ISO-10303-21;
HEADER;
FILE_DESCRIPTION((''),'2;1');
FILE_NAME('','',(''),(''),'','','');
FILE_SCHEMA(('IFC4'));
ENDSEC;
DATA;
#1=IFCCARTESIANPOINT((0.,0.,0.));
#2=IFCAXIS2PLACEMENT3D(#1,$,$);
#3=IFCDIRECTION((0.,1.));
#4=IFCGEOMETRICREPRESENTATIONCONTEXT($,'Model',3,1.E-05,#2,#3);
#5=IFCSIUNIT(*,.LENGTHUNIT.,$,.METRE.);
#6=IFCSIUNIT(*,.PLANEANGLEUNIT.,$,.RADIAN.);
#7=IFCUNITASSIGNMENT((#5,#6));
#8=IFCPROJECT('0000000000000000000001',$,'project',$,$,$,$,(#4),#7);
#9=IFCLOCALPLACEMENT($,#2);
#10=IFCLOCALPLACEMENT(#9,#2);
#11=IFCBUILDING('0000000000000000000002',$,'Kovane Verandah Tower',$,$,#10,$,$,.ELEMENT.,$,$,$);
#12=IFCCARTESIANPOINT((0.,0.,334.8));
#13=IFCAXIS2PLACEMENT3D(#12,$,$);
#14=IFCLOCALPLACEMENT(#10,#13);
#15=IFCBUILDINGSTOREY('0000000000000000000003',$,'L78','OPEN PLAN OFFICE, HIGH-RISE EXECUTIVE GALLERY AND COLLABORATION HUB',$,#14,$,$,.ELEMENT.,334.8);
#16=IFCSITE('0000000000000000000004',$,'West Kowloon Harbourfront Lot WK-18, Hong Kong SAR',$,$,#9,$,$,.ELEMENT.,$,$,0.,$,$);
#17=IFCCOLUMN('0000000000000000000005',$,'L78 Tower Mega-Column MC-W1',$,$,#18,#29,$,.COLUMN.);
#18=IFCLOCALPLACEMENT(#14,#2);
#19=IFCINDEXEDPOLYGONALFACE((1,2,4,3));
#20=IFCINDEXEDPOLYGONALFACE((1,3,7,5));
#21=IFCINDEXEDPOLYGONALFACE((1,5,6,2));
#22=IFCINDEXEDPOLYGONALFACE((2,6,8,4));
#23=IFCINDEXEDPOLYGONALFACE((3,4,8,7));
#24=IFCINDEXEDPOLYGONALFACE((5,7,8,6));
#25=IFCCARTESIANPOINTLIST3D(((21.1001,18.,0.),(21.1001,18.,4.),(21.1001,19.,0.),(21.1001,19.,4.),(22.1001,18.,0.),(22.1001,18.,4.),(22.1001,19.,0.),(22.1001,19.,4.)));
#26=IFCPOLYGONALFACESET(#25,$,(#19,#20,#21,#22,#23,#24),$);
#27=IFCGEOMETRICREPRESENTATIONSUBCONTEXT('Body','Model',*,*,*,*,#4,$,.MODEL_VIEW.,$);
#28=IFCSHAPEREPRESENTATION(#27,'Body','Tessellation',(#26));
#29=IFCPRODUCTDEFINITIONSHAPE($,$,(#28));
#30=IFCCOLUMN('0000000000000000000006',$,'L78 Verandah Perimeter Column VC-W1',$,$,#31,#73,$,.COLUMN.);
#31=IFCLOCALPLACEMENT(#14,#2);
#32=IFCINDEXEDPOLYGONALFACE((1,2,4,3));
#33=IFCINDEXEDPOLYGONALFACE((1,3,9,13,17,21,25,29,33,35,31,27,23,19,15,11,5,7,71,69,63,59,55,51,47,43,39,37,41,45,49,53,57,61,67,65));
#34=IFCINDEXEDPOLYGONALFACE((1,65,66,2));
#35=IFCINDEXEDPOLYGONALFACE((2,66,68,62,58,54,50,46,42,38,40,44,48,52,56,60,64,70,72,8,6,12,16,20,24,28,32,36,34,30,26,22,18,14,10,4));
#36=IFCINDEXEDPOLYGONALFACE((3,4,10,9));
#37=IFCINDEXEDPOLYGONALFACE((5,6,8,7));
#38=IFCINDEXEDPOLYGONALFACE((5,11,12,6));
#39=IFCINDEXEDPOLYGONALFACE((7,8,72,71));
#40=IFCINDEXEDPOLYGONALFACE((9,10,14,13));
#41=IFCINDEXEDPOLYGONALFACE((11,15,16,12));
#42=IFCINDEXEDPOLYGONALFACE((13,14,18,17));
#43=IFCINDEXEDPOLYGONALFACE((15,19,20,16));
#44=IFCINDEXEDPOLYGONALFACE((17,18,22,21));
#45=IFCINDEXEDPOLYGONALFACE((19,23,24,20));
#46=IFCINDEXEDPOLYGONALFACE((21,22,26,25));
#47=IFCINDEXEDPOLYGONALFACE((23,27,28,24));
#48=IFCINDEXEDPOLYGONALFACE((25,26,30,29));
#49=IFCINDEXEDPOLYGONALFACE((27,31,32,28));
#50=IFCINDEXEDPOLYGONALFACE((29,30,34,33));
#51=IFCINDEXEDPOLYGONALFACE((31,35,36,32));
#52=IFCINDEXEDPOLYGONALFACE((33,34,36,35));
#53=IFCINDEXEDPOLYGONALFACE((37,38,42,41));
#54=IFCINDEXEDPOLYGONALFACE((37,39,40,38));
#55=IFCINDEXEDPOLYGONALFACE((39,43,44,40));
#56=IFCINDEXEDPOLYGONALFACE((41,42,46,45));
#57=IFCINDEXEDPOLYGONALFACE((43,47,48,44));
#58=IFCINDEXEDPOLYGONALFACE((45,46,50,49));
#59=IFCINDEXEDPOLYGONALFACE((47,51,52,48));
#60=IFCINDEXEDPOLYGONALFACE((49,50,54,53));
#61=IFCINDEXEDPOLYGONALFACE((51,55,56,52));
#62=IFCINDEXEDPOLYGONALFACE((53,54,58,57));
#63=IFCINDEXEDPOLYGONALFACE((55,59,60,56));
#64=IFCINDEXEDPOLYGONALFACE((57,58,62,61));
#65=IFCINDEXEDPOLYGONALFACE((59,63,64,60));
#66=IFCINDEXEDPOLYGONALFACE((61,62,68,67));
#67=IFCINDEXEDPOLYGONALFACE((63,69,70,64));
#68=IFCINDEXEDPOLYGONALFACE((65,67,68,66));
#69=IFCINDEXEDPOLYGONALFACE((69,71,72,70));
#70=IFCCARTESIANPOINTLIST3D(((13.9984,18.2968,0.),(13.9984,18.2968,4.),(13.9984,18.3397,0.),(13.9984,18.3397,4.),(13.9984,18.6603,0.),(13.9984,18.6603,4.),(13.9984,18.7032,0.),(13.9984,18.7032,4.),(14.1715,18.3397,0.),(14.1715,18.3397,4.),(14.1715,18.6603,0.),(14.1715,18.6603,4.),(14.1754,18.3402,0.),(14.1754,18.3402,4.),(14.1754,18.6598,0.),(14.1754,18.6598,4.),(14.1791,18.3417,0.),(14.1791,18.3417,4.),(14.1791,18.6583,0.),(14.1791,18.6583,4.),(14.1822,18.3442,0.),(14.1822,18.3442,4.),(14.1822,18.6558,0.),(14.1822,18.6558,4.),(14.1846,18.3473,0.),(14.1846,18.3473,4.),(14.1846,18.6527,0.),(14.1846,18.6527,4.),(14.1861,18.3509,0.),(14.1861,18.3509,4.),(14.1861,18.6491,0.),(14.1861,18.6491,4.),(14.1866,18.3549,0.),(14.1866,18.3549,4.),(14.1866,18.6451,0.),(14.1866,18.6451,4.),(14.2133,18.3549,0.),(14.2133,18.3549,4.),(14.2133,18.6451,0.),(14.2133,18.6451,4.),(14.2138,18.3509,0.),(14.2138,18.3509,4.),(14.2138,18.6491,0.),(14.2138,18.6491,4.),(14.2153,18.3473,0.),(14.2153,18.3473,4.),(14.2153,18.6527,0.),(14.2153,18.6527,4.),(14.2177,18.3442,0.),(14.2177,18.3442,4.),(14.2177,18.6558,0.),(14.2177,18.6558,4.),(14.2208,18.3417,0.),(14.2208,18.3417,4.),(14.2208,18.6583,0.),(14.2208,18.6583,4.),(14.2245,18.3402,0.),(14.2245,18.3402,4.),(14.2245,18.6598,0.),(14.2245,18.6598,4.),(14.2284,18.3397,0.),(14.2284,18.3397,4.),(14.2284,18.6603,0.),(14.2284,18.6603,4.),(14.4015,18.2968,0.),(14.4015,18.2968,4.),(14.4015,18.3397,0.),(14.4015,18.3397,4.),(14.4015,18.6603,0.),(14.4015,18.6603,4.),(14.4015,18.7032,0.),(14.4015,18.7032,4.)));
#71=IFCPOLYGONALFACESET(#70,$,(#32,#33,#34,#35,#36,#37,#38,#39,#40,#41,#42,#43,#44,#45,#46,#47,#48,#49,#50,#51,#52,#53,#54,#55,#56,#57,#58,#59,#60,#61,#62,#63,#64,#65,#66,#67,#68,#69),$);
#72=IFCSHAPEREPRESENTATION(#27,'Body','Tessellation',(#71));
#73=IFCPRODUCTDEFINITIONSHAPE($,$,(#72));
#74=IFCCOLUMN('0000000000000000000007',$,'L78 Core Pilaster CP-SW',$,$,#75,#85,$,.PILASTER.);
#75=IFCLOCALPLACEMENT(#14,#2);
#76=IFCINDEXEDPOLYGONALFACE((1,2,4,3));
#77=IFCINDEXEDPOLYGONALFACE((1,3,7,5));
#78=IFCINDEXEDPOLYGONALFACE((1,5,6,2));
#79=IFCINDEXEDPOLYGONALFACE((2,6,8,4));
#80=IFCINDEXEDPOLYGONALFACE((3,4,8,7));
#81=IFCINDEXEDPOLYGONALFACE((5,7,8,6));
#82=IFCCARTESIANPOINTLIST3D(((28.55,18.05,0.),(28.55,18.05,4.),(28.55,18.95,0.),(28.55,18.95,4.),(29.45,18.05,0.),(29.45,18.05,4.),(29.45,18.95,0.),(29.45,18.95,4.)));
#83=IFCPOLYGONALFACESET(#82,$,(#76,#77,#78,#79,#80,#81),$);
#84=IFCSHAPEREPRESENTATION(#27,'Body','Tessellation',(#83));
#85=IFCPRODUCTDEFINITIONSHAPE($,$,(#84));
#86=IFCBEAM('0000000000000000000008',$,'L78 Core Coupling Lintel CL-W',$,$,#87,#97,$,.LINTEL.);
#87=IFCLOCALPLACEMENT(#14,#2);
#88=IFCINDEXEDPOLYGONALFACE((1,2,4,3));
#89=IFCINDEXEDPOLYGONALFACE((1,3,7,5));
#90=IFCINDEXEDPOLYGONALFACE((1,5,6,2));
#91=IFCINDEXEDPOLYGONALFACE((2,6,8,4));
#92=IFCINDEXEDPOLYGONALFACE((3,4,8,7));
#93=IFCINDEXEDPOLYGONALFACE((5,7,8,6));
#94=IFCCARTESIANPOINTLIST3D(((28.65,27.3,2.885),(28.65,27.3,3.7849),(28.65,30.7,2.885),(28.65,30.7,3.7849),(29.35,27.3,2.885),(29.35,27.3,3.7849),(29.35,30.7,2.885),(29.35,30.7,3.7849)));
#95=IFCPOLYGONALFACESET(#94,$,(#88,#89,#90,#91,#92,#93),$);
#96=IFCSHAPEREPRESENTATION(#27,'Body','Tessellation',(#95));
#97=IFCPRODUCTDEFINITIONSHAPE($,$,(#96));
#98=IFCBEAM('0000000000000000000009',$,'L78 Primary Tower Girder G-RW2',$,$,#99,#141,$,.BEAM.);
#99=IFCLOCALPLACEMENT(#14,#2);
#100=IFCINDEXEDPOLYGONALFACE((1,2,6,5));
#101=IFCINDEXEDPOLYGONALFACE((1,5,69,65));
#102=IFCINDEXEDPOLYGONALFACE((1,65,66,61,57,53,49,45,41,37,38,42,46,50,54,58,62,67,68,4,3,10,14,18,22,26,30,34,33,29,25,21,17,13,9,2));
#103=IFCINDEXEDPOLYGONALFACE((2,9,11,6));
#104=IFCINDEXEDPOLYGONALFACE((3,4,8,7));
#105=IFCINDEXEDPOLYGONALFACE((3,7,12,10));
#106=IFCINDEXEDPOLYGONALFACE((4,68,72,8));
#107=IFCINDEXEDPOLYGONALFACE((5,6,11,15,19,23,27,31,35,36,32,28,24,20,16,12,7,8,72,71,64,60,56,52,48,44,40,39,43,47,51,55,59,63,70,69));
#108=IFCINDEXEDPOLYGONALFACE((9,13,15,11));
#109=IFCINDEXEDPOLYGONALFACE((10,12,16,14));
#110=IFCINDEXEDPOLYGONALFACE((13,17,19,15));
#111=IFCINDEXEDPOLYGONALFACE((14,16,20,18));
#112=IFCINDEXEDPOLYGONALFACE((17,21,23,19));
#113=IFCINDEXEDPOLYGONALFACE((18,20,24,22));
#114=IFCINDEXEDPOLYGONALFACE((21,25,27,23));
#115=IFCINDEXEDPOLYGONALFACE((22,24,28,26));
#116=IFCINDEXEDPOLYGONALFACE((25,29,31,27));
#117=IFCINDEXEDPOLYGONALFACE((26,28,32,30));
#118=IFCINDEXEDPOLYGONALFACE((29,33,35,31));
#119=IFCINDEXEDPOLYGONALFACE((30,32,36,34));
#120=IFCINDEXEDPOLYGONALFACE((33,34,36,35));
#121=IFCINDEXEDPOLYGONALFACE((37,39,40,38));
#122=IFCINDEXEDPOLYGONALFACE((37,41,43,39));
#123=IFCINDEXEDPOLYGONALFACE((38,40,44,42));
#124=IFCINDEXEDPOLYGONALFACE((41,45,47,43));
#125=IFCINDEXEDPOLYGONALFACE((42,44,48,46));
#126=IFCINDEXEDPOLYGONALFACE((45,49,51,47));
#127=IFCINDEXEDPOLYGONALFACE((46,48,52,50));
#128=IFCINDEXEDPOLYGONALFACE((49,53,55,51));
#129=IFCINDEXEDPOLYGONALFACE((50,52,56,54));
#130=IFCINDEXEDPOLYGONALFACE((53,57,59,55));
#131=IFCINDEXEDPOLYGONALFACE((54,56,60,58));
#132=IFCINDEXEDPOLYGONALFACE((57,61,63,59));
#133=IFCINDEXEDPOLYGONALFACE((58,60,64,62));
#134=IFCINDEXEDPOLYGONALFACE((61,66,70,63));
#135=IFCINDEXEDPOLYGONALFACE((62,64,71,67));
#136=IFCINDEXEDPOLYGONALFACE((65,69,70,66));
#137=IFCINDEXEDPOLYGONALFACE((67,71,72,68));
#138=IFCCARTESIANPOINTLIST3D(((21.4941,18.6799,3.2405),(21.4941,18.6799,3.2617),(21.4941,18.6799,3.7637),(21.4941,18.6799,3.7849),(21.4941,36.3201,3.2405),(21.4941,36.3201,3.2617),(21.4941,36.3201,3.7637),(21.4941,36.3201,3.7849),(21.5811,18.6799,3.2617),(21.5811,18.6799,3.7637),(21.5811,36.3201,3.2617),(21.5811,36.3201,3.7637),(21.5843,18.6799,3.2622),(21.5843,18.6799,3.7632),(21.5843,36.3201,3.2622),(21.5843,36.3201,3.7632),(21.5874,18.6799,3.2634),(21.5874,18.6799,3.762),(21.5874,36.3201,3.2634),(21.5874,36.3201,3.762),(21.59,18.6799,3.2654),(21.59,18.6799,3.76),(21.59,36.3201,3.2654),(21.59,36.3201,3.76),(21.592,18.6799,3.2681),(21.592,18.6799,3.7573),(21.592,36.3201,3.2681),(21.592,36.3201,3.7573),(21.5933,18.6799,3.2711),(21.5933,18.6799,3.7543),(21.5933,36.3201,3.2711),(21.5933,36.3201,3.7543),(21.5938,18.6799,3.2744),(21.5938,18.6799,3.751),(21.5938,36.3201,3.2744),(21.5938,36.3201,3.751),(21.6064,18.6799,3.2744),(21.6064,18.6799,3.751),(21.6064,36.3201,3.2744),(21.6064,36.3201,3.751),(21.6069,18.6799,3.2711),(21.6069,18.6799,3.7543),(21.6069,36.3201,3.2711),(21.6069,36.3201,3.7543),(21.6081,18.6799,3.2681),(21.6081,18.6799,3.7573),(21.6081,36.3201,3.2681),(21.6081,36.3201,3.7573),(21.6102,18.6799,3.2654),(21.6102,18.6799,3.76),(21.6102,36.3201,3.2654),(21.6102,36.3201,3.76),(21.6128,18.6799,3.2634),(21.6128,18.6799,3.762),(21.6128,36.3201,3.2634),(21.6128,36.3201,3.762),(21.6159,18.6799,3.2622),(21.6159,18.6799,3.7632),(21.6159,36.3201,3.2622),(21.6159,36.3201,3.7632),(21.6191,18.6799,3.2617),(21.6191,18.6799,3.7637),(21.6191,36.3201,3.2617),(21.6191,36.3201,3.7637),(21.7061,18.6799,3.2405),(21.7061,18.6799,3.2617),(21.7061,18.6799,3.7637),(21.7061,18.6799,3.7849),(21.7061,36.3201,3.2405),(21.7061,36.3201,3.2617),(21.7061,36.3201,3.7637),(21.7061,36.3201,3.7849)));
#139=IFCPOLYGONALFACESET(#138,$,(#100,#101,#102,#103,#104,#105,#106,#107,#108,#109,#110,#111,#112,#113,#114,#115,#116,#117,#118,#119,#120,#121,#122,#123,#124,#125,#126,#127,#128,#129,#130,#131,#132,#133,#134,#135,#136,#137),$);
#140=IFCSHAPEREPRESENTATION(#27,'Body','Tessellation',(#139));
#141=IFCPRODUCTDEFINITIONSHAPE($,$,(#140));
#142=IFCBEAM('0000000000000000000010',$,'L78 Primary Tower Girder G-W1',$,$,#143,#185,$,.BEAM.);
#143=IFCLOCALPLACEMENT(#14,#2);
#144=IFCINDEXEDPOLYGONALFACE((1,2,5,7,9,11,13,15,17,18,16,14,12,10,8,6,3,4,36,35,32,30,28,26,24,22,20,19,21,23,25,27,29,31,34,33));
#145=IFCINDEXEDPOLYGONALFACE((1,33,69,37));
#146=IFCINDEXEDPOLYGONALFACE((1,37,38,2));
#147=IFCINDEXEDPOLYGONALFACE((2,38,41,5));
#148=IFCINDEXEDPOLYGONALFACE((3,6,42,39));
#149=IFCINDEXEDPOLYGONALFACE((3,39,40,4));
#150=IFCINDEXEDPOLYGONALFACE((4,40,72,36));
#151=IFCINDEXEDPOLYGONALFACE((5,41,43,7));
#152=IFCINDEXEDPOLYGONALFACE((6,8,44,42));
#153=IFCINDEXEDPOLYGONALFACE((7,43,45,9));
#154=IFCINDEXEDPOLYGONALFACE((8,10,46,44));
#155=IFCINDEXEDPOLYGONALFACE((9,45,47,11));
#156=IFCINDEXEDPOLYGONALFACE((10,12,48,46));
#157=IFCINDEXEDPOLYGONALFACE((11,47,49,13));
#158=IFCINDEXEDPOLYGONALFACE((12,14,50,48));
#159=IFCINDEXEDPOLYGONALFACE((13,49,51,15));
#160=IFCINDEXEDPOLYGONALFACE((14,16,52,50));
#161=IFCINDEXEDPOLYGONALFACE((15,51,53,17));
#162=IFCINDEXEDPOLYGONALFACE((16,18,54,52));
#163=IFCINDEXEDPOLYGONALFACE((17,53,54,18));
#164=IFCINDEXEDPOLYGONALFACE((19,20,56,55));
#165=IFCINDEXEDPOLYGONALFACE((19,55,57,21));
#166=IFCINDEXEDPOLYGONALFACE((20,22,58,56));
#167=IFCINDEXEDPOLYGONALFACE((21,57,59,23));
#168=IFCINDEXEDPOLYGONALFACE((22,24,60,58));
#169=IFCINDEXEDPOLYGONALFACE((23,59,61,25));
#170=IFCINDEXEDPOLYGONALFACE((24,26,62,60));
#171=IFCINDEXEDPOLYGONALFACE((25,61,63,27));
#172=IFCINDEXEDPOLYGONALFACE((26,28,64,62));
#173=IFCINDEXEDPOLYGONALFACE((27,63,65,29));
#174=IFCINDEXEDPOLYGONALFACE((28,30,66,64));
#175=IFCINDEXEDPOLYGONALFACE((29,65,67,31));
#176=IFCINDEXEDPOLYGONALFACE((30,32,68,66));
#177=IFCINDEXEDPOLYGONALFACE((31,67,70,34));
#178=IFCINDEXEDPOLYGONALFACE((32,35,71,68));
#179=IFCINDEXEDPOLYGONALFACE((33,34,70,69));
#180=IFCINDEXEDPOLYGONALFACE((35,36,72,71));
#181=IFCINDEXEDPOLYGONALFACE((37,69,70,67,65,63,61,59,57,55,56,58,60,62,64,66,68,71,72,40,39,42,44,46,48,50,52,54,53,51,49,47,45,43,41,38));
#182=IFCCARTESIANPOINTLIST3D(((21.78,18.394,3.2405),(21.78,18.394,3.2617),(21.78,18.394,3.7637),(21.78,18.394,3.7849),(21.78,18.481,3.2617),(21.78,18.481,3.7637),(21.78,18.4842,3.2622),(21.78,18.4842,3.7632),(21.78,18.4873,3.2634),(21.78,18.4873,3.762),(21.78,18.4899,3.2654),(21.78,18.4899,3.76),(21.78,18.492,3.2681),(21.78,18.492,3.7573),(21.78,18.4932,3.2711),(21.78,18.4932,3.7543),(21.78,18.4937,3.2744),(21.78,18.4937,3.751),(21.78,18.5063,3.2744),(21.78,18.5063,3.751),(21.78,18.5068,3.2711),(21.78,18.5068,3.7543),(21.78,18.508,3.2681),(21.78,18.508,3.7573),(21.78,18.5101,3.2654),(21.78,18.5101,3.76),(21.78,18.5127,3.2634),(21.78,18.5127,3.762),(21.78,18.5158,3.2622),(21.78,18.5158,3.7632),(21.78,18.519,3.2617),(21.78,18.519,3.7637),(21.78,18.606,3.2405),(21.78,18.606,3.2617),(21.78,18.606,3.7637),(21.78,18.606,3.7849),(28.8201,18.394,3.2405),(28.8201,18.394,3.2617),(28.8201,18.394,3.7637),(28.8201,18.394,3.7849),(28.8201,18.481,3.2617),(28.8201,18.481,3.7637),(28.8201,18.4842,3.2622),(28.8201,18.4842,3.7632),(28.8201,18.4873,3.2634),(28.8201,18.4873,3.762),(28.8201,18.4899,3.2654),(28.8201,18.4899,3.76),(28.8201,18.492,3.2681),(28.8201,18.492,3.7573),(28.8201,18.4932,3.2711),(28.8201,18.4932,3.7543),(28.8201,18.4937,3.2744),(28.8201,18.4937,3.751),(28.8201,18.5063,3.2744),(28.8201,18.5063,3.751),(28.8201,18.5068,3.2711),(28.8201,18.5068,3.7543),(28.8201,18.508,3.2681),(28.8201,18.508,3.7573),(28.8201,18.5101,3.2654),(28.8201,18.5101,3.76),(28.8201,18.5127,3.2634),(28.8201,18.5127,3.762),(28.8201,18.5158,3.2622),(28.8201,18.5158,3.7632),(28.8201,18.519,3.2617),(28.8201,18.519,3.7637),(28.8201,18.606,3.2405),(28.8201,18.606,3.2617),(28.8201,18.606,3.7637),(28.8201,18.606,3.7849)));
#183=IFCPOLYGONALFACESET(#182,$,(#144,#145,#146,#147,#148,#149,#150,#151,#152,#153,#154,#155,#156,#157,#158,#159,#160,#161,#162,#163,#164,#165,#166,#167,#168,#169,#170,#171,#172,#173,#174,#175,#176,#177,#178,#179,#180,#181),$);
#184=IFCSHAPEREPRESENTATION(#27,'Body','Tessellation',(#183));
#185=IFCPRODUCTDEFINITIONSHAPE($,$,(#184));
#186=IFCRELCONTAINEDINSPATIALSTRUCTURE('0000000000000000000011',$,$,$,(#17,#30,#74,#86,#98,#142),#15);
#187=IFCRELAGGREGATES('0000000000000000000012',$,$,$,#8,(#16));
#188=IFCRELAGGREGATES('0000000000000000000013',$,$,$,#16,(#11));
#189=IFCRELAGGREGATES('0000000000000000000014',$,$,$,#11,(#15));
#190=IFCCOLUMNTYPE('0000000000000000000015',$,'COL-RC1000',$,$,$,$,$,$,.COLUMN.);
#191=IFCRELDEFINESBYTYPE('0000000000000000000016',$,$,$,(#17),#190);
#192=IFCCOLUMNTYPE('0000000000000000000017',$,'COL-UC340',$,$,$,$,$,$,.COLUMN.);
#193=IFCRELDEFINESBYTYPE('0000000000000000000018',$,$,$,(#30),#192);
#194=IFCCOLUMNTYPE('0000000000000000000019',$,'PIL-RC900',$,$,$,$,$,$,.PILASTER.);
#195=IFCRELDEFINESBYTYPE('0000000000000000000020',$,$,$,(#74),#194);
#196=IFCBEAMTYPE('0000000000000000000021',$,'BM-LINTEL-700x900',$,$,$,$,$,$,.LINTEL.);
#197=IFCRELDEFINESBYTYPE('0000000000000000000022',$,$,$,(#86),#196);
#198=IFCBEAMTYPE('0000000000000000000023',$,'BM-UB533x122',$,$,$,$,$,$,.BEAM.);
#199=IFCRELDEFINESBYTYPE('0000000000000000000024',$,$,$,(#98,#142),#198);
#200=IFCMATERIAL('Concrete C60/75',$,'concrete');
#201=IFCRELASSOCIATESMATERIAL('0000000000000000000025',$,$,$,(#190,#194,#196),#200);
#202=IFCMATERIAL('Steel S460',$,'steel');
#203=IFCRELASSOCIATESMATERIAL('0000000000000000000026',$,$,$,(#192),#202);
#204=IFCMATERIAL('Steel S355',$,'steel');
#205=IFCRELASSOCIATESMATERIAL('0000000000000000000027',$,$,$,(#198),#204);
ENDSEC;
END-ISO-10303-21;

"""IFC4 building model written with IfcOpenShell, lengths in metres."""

from ifc_helpers import new_model, si_unit, direction, frame, origin, origin_2d, place, context, subcontext, project, spatial, rectangle, i_section, extrude, material, material_profile, profile_set, type_object, element, save


model = new_model("IFC4")

# Units and contexts
model_context = context("Model", 3, precision=1e-05, world=origin(), true_north=direction((0.0, 1.0)))
body_context = subcontext(model_context, "Body", "Model", "MODEL_VIEW")
ifc_project = project(units=[si_unit("LENGTHUNIT", "METRE"), si_unit("PLANEANGLEUNIT", "RADIAN")], contexts=[model_context])

# Site, building, storey
site_placement = place(None, origin())
site = spatial("IfcSite", under=ifc_project, at=site_placement, Name="West Kowloon Harbourfront Lot WK-18, Hong Kong SAR", CompositionType="ELEMENT", RefElevation=0.0)
building_placement = place(site_placement, origin())
building = spatial("IfcBuilding", under=site, at=building_placement, Name="Kovane Verandah Tower", CompositionType="ELEMENT")
storey_placement = place(building_placement, frame((0.0, 0.0, 334.8)))
storey = spatial("IfcBuildingStorey", under=building, at=storey_placement, Name="L78", Description="OPEN PLAN OFFICE, HIGH-RISE EXECUTIVE GALLERY AND COLLABORATION HUB", CompositionType="ELEMENT", Elevation=334.8)

# Columns
ifc_material_1 = material(Name="Concrete C60/75", Category="concrete")
ifc_material_profile_1 = material_profile(ifc_material_1, rectangle(XDim=1.0, YDim=1.0, at=origin_2d()), Name="RC1000x1000")
ifc_profile_set_1 = profile_set([ifc_material_profile_1], Name="Concrete C60/75")
column_type_1 = type_object("IfcColumnType", Name="COL-RC1000", PredefinedType="COLUMN", material=ifc_profile_set_1)
column_1_placement = place(storey_placement, frame((21.6001, 18.5, 0.0), z_axis=(0.0, 0.0, 1.0), x_axis=(1.0, 0.0, 0.0)))
element("IfcColumn", 1, at=column_1_placement, inside=storey, type_object=column_type_1, Name="L78 Tower Mega-Column MC-W1", PredefinedType="COLUMN", context=body_context, shape_type="SweptSolid", body=[
    extrude(rectangle(XDim=1.0, YDim=1.0, at=origin_2d()), origin(), (0.0, 0.0, 1.0), 4.0),
])
ifc_material_2 = material(Name="Steel S460", Category="steel")
ifc_material_profile_2 = material_profile(ifc_material_2, i_section(OverallWidth=0.4031, OverallDepth=0.4065, WebThickness=0.0266, FlangeThickness=0.043, FilletRadius=0.0151, at=origin_2d()), Name="UC356x406x340")
ifc_profile_set_2 = profile_set([ifc_material_profile_2], Name="Steel S460")
column_type_2 = type_object("IfcColumnType", Name="COL-UC340", PredefinedType="COLUMN", material=ifc_profile_set_2)
column_2_placement = place(storey_placement, frame((14.2, 18.5, 0.0), z_axis=(0.0, 0.0, 1.0), x_axis=(1.0, 0.0, 0.0)))
element("IfcColumn", 2, at=column_2_placement, inside=storey, type_object=column_type_2, Name="L78 Verandah Perimeter Column VC-W1", PredefinedType="COLUMN", context=body_context, shape_type="SweptSolid", body=[
    extrude(i_section(OverallWidth=0.4031, OverallDepth=0.4065, WebThickness=0.0266, FlangeThickness=0.043, FilletRadius=0.0151, at=origin_2d()), origin(), (0.0, 0.0, 1.0), 4.0),
])
ifc_material_profile_3 = material_profile(ifc_material_1, rectangle(XDim=0.8999, YDim=0.8999, at=origin_2d()), Name="RC900x900")
ifc_profile_set_3 = profile_set([ifc_material_profile_3], Name="Concrete C60/75")
column_type_3 = type_object("IfcColumnType", Name="PIL-RC900", PredefinedType="PILASTER", material=ifc_profile_set_3)
column_3_placement = place(storey_placement, frame((29.0, 18.5, 0.0), z_axis=(0.0, 0.0, 1.0), x_axis=(1.0, 0.0, 0.0)))
element("IfcColumn", 3, at=column_3_placement, inside=storey, type_object=column_type_3, Name="L78 Core Pilaster CP-SW", PredefinedType="PILASTER", context=body_context, shape_type="SweptSolid", body=[
    extrude(rectangle(XDim=0.8999, YDim=0.8999, at=origin_2d()), origin(), (0.0, 0.0, 1.0), 4.0),
])

# Beams
ifc_material_profile_4 = material_profile(ifc_material_1, rectangle(XDim=0.7, YDim=0.8999, at=origin_2d()), Name="RCB700x900")
ifc_profile_set_4 = profile_set([ifc_material_profile_4], Name="Concrete C60/75")
beam_type_1 = type_object("IfcBeamType", Name="BM-LINTEL-700x900", PredefinedType="LINTEL", material=ifc_profile_set_4)
beam_1_placement = place(storey_placement, frame((29.0, 27.3, 3.335), z_axis=(0.0, 1.0, 0.0), x_axis=(-1.0, 0.0, 0.0)))
element("IfcBeam", 4, at=beam_1_placement, inside=storey, type_object=beam_type_1, Name="L78 Core Coupling Lintel CL-W", PredefinedType="LINTEL", context=body_context, shape_type="SweptSolid", body=[
    extrude(rectangle(XDim=0.7, YDim=0.8999, at=origin_2d()), origin(), (0.0, 0.0, 1.0), 3.3999),
])
ifc_material_3 = material(Name="Steel S355", Category="steel")
ifc_material_profile_5 = material_profile(ifc_material_3, i_section(OverallWidth=0.2119, OverallDepth=0.5444, WebThickness=0.0127, FlangeThickness=0.0212, FilletRadius=0.0127, at=origin_2d()), Name="UB533x210x122")
ifc_profile_set_5 = profile_set([ifc_material_profile_5], Name="Steel S355")
beam_type_2 = type_object("IfcBeamType", Name="BM-UB533x122", PredefinedType="BEAM", material=ifc_profile_set_5)
beam_2_placement = place(storey_placement, frame((21.6001, 18.6799, 3.5127), z_axis=(0.0, 1.0, 0.0), x_axis=(-1.0, 0.0, 0.0)))
element("IfcBeam", 5, at=beam_2_placement, inside=storey, type_object=beam_type_2, Name="L78 Primary Tower Girder G-RW2", PredefinedType="BEAM", context=body_context, shape_type="SweptSolid", body=[
    extrude(i_section(OverallWidth=0.2119, OverallDepth=0.5444, WebThickness=0.0127, FlangeThickness=0.0212, FilletRadius=0.0127, at=origin_2d()), origin(), (0.0, 0.0, 1.0), 17.6401),
])
for number, where, z_axis, x_axis, name in (
    (6, (28.8201, 18.5, 3.5127), (-1.0, 0.0, 0.0), (0.0, -1.0, 0.0), "L78 Primary Tower Girder G-W1"),
):
    element("IfcBeam", number, at=place(storey_placement, frame(where, z_axis=z_axis, x_axis=x_axis)), inside=storey, type_object=beam_type_2, Name=name, PredefinedType="BEAM", context=body_context, shape_type="SweptSolid", body=[
        extrude(i_section(OverallWidth=0.2119, OverallDepth=0.5444, WebThickness=0.0127, FlangeThickness=0.0212, FilletRadius=0.0127, at=origin_2d()), origin(), (0.0, 0.0, 1.0), 7.04),
    ])

save(model, "model.ifc")
